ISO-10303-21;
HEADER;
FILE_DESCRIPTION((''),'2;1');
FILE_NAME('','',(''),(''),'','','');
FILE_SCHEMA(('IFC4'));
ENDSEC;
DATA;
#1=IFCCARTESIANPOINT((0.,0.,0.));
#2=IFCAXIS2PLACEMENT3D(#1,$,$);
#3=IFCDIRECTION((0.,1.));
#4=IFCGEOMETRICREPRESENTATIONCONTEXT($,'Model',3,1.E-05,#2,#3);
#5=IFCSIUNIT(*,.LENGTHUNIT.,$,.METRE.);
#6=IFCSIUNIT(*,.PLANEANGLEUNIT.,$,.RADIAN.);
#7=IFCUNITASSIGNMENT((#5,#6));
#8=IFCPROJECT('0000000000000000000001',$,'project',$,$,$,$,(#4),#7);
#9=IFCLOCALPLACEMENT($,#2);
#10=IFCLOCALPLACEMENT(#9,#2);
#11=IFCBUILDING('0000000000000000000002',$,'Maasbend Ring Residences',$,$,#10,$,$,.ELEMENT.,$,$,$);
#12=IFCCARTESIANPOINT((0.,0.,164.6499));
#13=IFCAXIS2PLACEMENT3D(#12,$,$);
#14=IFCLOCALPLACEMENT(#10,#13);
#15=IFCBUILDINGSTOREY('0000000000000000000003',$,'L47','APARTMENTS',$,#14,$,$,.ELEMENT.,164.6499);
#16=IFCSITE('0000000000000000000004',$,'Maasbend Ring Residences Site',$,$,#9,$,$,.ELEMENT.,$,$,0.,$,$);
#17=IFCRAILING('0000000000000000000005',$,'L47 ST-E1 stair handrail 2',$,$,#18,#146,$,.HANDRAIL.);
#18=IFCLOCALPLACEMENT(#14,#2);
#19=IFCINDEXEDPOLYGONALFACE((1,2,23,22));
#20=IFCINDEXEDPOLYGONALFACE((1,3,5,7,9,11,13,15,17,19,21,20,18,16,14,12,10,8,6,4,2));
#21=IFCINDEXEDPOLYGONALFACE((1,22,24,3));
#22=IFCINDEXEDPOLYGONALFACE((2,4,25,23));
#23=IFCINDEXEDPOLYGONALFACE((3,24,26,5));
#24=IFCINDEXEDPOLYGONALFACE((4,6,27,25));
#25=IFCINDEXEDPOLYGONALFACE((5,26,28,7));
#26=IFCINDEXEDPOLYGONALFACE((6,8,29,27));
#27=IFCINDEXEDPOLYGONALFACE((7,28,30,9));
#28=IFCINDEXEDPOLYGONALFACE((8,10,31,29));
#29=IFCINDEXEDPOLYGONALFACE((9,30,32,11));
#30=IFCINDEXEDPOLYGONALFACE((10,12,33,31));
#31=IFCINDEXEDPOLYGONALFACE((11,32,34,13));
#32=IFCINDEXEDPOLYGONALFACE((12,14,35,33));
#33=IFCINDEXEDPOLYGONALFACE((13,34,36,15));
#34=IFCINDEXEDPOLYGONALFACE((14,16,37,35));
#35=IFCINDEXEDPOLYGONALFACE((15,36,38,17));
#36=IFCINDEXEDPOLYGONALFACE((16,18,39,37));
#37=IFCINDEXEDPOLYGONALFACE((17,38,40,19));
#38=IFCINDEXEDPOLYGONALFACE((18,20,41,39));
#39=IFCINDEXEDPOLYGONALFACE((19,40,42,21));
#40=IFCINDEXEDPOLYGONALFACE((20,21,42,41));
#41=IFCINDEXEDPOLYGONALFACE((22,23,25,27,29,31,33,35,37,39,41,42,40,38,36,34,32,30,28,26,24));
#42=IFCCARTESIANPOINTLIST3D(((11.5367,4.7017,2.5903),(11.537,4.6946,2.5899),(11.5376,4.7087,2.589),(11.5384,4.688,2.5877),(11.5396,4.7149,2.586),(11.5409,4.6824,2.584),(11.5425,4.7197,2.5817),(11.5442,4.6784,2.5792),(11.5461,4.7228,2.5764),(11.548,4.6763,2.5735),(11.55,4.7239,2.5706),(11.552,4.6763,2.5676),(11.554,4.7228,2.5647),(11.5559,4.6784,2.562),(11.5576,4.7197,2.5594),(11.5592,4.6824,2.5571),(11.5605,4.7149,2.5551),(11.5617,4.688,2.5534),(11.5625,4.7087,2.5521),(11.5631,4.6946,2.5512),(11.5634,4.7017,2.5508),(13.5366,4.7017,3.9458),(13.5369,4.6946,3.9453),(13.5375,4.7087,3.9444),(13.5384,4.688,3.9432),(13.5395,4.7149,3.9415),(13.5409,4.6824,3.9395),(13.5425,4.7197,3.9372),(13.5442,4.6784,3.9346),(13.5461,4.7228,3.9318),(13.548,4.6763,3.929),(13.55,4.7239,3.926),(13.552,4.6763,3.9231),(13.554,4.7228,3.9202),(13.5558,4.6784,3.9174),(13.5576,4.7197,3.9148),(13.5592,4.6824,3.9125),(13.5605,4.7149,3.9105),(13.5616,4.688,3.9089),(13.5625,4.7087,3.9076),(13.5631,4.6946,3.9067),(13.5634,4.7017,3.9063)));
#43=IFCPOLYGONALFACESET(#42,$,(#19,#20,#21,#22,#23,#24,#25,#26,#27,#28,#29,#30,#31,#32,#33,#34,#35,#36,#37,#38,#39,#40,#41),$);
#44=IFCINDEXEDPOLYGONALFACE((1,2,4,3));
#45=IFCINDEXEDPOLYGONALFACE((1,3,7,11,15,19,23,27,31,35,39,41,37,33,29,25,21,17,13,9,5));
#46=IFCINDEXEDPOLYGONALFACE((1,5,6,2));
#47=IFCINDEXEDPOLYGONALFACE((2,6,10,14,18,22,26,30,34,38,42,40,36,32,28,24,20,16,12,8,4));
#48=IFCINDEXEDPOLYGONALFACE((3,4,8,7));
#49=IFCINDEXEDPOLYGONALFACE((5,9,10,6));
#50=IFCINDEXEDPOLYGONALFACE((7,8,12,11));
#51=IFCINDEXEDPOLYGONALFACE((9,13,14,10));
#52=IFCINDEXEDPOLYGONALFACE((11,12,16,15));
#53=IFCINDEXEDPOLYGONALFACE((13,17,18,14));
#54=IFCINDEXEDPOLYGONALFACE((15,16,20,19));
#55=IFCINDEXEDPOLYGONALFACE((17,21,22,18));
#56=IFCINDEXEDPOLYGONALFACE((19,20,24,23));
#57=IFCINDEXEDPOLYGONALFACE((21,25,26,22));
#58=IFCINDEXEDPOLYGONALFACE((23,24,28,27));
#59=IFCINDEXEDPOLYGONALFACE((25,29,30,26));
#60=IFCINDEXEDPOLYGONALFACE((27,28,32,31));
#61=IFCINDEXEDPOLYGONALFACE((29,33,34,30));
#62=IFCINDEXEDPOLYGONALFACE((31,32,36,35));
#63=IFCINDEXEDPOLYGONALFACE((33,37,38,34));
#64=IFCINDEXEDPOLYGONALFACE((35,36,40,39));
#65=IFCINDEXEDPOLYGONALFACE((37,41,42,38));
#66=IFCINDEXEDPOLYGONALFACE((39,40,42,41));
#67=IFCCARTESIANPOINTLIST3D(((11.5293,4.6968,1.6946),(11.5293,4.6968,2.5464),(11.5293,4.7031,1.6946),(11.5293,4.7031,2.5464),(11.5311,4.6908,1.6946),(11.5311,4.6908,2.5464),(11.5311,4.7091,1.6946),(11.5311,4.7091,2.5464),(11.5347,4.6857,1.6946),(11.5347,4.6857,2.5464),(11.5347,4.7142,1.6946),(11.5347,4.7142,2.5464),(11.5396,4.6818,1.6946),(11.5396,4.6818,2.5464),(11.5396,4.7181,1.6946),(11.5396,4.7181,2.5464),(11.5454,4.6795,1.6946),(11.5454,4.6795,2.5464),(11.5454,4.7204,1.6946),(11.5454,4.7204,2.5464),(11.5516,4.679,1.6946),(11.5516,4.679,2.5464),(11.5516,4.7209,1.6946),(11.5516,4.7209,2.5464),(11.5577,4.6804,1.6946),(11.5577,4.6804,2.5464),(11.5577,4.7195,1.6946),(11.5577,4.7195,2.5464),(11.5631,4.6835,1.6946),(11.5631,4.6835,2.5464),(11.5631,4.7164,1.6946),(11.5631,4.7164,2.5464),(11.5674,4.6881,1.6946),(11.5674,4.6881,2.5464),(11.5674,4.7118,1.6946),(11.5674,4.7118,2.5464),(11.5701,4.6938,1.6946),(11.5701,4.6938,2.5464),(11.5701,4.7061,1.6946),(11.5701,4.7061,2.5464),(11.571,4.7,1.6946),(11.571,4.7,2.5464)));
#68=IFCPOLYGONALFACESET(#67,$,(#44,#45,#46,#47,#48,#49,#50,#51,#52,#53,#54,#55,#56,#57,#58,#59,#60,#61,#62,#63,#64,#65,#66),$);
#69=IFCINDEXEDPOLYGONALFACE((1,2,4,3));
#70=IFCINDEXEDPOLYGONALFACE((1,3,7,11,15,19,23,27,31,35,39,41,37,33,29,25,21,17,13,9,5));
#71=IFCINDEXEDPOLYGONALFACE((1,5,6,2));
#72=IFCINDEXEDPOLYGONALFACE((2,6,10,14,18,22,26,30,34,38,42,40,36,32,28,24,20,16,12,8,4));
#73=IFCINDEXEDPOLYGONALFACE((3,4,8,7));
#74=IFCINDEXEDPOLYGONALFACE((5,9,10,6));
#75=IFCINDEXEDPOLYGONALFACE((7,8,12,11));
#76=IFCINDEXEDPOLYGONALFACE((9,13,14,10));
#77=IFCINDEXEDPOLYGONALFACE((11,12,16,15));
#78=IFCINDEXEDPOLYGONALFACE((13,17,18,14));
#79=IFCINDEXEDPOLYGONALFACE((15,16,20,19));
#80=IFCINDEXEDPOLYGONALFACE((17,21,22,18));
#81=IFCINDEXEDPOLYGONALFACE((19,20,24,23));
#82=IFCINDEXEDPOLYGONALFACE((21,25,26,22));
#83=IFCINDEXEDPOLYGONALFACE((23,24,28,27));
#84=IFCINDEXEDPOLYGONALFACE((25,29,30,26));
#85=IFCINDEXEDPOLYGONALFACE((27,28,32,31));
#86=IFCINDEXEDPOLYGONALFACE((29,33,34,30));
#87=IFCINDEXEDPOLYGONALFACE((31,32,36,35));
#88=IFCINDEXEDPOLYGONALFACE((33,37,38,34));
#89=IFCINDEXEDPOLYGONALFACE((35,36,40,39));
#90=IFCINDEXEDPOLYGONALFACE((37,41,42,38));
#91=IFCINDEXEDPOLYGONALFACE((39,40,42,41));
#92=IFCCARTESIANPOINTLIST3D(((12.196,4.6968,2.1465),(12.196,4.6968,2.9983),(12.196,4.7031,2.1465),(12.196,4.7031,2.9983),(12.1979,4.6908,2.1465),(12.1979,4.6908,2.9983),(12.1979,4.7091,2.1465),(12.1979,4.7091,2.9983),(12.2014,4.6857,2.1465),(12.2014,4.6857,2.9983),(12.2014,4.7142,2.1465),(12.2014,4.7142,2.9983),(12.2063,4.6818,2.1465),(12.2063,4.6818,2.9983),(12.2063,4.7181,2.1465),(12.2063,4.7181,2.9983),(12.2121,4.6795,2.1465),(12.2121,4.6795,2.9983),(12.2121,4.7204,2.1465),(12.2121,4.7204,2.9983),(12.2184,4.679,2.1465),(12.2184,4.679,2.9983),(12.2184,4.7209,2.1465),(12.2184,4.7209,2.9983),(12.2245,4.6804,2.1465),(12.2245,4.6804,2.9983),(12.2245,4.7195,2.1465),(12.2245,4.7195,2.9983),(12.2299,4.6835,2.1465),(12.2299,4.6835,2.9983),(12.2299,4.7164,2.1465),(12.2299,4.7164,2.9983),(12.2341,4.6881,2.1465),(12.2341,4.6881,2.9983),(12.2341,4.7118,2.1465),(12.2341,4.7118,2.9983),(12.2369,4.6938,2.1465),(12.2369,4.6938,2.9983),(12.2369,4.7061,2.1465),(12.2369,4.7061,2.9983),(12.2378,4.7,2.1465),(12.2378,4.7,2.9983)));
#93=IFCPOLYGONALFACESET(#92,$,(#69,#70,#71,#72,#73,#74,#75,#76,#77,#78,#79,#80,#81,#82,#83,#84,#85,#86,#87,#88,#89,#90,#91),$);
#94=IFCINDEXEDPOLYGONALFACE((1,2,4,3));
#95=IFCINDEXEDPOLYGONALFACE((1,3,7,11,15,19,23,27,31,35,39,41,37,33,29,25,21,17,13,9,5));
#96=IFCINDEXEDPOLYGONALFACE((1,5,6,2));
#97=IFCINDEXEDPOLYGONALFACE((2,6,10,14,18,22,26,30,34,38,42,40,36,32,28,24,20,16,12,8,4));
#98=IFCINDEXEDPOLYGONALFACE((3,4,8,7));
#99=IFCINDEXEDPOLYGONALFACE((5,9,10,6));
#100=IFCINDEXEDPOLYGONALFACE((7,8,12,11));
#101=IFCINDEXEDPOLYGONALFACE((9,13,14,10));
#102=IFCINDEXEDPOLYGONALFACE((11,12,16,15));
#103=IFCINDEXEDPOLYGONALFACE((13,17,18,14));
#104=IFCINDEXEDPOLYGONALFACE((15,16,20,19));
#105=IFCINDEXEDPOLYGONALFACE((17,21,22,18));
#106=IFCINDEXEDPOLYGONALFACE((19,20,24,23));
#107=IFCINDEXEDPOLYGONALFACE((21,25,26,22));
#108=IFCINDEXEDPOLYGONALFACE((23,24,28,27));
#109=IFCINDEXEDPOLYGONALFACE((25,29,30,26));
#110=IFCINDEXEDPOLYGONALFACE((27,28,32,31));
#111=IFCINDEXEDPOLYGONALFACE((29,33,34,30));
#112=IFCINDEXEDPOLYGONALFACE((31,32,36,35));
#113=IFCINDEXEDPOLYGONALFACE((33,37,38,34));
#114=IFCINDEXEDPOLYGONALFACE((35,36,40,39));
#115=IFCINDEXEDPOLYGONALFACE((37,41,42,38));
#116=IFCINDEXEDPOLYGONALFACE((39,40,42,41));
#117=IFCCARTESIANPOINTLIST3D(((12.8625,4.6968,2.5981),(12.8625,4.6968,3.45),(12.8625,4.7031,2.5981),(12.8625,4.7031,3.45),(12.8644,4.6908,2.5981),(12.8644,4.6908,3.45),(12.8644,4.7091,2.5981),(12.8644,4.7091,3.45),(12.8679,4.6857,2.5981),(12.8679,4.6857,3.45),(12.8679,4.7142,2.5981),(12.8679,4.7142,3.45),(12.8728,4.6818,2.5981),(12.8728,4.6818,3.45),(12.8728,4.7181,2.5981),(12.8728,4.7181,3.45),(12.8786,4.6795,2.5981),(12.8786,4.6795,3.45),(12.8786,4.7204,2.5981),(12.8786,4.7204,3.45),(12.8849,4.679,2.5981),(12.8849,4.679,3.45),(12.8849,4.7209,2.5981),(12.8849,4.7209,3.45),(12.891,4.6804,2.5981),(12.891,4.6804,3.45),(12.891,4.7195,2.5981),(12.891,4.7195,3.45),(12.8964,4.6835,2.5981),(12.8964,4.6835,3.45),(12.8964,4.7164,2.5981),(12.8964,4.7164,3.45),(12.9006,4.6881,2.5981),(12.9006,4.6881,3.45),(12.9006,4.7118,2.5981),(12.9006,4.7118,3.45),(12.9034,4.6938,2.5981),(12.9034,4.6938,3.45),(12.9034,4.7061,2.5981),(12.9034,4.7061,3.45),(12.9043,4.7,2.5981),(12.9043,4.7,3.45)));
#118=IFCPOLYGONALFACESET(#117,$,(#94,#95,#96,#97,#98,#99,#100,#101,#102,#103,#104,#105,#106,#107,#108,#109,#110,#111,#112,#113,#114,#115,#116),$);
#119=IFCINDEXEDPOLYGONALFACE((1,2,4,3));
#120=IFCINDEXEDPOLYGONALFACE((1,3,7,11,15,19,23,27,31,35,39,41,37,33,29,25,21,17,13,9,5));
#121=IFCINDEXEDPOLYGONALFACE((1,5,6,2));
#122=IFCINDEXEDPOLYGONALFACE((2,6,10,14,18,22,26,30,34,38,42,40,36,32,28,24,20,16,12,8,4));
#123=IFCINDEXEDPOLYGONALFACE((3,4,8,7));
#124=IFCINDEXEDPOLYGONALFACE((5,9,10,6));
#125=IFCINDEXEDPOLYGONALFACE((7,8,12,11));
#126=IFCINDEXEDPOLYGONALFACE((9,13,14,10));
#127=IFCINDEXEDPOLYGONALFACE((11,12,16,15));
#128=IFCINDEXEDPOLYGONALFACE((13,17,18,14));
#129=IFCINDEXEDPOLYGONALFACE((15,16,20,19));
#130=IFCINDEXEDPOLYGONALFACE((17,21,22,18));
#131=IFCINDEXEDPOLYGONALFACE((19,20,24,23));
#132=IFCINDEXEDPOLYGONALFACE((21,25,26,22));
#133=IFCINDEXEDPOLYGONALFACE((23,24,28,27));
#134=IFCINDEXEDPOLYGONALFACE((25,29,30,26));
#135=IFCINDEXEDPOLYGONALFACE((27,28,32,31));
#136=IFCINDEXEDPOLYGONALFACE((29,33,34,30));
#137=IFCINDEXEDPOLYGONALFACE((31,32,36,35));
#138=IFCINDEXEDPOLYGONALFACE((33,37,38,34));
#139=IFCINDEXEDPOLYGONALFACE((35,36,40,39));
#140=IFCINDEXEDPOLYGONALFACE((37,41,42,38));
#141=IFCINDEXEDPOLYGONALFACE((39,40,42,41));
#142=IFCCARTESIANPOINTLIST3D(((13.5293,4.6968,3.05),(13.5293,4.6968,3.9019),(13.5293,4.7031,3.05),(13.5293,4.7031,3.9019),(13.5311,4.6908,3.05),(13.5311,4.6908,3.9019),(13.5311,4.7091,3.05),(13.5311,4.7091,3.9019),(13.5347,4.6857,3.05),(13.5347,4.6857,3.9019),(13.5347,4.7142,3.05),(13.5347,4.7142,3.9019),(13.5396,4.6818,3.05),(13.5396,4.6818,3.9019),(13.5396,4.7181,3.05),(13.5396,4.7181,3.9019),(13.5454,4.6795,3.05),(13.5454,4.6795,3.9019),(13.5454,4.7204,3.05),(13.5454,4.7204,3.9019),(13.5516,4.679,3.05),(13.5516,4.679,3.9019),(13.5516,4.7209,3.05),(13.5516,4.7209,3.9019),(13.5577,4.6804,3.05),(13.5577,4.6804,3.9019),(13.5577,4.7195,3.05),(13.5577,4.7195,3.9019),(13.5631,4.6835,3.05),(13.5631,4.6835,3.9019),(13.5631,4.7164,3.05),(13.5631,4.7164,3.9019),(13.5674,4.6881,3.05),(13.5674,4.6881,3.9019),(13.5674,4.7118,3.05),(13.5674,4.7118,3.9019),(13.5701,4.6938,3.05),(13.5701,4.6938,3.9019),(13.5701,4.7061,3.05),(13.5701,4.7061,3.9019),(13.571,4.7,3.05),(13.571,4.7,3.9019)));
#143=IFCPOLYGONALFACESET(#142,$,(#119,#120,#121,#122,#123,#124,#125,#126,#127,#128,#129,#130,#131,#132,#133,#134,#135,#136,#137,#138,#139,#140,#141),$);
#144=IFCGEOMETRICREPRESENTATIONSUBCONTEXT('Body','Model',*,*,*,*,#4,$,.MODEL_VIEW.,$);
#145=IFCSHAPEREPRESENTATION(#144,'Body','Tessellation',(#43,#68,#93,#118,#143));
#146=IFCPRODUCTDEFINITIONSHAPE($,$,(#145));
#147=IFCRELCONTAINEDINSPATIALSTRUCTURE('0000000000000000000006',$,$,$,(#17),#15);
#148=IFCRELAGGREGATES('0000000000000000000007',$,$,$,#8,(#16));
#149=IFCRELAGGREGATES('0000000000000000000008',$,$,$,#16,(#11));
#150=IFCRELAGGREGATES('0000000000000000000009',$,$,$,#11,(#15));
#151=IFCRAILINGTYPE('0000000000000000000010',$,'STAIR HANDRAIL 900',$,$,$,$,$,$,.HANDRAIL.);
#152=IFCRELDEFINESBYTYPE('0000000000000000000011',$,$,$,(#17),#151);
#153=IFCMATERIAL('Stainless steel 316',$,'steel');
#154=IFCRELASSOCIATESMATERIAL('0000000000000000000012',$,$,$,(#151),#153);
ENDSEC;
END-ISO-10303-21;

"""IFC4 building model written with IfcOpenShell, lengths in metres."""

from ifc_helpers import new_model, si_unit, direction, frame, origin, origin_2d, place, context, subcontext, project, spatial, circle, extrude, material, type_object, element, save


model = new_model("IFC4")

# Units and contexts
model_context = context("Model", 3, precision=1e-05, world=origin(), true_north=direction((0.0, 1.0)))
body_context = subcontext(model_context, "Body", "Model", "MODEL_VIEW")
ifc_project = project(units=[si_unit("LENGTHUNIT", "METRE"), si_unit("PLANEANGLEUNIT", "RADIAN")], contexts=[model_context])

# Site, building, storey
site_placement = place(None, origin())
site = spatial("IfcSite", under=ifc_project, at=site_placement, Name="Maasbend Ring Residences Site", CompositionType="ELEMENT", RefElevation=0.0)
building_placement = place(site_placement, origin())
building = spatial("IfcBuilding", under=site, at=building_placement, Name="Maasbend Ring Residences", CompositionType="ELEMENT")
storey_placement = place(building_placement, frame((0.0, 0.0, 164.6499)))
storey = spatial("IfcBuildingStorey", under=building, at=storey_placement, Name="L47", Description="APARTMENTS", CompositionType="ELEMENT", Elevation=164.6499)

# Railing
ifc_material_1 = material(Name="Stainless steel 316", Category="steel")
railing_type_1 = type_object("IfcRailingType", Name="STAIR HANDRAIL 900", PredefinedType="HANDRAIL", material=ifc_material_1)
railing_1_placement = place(storey_placement, frame((11.55, 4.7, 1.6946)))
element("IfcRailing", 1, at=railing_1_placement, inside=storey, type_object=railing_type_1, Name="L47 ST-E1 stair handrail 2", PredefinedType="HANDRAIL", context=body_context, shape_type="SweptSolid", body=[
    extrude(circle(Radius=0.0239, at=origin_2d()), frame((0.0, 0.0, 0.876), z_axis=(0.827798, 0.0, 0.561027), x_axis=(0.0, 1.0, 0.0)), (0.0, 0.0, 1.0), 2.416),
    extrude(circle(Radius=0.021, at=origin_2d()), origin(), (0.0, 0.0, 1.0), 0.8518),
    extrude(circle(Radius=0.021, at=origin_2d()), frame((0.6667, 0.0, 0.4519)), (0.0, 0.0, 1.0), 0.8518),
    extrude(circle(Radius=0.021, at=origin_2d()), frame((1.3333, 0.0, 0.9036)), (0.0, 0.0, 1.0), 0.8518),
    extrude(circle(Radius=0.021, at=origin_2d()), frame((2.0, 0.0, 1.3555)), (0.0, 0.0, 1.0), 0.8518),
])

save(model, "model.ifc")
